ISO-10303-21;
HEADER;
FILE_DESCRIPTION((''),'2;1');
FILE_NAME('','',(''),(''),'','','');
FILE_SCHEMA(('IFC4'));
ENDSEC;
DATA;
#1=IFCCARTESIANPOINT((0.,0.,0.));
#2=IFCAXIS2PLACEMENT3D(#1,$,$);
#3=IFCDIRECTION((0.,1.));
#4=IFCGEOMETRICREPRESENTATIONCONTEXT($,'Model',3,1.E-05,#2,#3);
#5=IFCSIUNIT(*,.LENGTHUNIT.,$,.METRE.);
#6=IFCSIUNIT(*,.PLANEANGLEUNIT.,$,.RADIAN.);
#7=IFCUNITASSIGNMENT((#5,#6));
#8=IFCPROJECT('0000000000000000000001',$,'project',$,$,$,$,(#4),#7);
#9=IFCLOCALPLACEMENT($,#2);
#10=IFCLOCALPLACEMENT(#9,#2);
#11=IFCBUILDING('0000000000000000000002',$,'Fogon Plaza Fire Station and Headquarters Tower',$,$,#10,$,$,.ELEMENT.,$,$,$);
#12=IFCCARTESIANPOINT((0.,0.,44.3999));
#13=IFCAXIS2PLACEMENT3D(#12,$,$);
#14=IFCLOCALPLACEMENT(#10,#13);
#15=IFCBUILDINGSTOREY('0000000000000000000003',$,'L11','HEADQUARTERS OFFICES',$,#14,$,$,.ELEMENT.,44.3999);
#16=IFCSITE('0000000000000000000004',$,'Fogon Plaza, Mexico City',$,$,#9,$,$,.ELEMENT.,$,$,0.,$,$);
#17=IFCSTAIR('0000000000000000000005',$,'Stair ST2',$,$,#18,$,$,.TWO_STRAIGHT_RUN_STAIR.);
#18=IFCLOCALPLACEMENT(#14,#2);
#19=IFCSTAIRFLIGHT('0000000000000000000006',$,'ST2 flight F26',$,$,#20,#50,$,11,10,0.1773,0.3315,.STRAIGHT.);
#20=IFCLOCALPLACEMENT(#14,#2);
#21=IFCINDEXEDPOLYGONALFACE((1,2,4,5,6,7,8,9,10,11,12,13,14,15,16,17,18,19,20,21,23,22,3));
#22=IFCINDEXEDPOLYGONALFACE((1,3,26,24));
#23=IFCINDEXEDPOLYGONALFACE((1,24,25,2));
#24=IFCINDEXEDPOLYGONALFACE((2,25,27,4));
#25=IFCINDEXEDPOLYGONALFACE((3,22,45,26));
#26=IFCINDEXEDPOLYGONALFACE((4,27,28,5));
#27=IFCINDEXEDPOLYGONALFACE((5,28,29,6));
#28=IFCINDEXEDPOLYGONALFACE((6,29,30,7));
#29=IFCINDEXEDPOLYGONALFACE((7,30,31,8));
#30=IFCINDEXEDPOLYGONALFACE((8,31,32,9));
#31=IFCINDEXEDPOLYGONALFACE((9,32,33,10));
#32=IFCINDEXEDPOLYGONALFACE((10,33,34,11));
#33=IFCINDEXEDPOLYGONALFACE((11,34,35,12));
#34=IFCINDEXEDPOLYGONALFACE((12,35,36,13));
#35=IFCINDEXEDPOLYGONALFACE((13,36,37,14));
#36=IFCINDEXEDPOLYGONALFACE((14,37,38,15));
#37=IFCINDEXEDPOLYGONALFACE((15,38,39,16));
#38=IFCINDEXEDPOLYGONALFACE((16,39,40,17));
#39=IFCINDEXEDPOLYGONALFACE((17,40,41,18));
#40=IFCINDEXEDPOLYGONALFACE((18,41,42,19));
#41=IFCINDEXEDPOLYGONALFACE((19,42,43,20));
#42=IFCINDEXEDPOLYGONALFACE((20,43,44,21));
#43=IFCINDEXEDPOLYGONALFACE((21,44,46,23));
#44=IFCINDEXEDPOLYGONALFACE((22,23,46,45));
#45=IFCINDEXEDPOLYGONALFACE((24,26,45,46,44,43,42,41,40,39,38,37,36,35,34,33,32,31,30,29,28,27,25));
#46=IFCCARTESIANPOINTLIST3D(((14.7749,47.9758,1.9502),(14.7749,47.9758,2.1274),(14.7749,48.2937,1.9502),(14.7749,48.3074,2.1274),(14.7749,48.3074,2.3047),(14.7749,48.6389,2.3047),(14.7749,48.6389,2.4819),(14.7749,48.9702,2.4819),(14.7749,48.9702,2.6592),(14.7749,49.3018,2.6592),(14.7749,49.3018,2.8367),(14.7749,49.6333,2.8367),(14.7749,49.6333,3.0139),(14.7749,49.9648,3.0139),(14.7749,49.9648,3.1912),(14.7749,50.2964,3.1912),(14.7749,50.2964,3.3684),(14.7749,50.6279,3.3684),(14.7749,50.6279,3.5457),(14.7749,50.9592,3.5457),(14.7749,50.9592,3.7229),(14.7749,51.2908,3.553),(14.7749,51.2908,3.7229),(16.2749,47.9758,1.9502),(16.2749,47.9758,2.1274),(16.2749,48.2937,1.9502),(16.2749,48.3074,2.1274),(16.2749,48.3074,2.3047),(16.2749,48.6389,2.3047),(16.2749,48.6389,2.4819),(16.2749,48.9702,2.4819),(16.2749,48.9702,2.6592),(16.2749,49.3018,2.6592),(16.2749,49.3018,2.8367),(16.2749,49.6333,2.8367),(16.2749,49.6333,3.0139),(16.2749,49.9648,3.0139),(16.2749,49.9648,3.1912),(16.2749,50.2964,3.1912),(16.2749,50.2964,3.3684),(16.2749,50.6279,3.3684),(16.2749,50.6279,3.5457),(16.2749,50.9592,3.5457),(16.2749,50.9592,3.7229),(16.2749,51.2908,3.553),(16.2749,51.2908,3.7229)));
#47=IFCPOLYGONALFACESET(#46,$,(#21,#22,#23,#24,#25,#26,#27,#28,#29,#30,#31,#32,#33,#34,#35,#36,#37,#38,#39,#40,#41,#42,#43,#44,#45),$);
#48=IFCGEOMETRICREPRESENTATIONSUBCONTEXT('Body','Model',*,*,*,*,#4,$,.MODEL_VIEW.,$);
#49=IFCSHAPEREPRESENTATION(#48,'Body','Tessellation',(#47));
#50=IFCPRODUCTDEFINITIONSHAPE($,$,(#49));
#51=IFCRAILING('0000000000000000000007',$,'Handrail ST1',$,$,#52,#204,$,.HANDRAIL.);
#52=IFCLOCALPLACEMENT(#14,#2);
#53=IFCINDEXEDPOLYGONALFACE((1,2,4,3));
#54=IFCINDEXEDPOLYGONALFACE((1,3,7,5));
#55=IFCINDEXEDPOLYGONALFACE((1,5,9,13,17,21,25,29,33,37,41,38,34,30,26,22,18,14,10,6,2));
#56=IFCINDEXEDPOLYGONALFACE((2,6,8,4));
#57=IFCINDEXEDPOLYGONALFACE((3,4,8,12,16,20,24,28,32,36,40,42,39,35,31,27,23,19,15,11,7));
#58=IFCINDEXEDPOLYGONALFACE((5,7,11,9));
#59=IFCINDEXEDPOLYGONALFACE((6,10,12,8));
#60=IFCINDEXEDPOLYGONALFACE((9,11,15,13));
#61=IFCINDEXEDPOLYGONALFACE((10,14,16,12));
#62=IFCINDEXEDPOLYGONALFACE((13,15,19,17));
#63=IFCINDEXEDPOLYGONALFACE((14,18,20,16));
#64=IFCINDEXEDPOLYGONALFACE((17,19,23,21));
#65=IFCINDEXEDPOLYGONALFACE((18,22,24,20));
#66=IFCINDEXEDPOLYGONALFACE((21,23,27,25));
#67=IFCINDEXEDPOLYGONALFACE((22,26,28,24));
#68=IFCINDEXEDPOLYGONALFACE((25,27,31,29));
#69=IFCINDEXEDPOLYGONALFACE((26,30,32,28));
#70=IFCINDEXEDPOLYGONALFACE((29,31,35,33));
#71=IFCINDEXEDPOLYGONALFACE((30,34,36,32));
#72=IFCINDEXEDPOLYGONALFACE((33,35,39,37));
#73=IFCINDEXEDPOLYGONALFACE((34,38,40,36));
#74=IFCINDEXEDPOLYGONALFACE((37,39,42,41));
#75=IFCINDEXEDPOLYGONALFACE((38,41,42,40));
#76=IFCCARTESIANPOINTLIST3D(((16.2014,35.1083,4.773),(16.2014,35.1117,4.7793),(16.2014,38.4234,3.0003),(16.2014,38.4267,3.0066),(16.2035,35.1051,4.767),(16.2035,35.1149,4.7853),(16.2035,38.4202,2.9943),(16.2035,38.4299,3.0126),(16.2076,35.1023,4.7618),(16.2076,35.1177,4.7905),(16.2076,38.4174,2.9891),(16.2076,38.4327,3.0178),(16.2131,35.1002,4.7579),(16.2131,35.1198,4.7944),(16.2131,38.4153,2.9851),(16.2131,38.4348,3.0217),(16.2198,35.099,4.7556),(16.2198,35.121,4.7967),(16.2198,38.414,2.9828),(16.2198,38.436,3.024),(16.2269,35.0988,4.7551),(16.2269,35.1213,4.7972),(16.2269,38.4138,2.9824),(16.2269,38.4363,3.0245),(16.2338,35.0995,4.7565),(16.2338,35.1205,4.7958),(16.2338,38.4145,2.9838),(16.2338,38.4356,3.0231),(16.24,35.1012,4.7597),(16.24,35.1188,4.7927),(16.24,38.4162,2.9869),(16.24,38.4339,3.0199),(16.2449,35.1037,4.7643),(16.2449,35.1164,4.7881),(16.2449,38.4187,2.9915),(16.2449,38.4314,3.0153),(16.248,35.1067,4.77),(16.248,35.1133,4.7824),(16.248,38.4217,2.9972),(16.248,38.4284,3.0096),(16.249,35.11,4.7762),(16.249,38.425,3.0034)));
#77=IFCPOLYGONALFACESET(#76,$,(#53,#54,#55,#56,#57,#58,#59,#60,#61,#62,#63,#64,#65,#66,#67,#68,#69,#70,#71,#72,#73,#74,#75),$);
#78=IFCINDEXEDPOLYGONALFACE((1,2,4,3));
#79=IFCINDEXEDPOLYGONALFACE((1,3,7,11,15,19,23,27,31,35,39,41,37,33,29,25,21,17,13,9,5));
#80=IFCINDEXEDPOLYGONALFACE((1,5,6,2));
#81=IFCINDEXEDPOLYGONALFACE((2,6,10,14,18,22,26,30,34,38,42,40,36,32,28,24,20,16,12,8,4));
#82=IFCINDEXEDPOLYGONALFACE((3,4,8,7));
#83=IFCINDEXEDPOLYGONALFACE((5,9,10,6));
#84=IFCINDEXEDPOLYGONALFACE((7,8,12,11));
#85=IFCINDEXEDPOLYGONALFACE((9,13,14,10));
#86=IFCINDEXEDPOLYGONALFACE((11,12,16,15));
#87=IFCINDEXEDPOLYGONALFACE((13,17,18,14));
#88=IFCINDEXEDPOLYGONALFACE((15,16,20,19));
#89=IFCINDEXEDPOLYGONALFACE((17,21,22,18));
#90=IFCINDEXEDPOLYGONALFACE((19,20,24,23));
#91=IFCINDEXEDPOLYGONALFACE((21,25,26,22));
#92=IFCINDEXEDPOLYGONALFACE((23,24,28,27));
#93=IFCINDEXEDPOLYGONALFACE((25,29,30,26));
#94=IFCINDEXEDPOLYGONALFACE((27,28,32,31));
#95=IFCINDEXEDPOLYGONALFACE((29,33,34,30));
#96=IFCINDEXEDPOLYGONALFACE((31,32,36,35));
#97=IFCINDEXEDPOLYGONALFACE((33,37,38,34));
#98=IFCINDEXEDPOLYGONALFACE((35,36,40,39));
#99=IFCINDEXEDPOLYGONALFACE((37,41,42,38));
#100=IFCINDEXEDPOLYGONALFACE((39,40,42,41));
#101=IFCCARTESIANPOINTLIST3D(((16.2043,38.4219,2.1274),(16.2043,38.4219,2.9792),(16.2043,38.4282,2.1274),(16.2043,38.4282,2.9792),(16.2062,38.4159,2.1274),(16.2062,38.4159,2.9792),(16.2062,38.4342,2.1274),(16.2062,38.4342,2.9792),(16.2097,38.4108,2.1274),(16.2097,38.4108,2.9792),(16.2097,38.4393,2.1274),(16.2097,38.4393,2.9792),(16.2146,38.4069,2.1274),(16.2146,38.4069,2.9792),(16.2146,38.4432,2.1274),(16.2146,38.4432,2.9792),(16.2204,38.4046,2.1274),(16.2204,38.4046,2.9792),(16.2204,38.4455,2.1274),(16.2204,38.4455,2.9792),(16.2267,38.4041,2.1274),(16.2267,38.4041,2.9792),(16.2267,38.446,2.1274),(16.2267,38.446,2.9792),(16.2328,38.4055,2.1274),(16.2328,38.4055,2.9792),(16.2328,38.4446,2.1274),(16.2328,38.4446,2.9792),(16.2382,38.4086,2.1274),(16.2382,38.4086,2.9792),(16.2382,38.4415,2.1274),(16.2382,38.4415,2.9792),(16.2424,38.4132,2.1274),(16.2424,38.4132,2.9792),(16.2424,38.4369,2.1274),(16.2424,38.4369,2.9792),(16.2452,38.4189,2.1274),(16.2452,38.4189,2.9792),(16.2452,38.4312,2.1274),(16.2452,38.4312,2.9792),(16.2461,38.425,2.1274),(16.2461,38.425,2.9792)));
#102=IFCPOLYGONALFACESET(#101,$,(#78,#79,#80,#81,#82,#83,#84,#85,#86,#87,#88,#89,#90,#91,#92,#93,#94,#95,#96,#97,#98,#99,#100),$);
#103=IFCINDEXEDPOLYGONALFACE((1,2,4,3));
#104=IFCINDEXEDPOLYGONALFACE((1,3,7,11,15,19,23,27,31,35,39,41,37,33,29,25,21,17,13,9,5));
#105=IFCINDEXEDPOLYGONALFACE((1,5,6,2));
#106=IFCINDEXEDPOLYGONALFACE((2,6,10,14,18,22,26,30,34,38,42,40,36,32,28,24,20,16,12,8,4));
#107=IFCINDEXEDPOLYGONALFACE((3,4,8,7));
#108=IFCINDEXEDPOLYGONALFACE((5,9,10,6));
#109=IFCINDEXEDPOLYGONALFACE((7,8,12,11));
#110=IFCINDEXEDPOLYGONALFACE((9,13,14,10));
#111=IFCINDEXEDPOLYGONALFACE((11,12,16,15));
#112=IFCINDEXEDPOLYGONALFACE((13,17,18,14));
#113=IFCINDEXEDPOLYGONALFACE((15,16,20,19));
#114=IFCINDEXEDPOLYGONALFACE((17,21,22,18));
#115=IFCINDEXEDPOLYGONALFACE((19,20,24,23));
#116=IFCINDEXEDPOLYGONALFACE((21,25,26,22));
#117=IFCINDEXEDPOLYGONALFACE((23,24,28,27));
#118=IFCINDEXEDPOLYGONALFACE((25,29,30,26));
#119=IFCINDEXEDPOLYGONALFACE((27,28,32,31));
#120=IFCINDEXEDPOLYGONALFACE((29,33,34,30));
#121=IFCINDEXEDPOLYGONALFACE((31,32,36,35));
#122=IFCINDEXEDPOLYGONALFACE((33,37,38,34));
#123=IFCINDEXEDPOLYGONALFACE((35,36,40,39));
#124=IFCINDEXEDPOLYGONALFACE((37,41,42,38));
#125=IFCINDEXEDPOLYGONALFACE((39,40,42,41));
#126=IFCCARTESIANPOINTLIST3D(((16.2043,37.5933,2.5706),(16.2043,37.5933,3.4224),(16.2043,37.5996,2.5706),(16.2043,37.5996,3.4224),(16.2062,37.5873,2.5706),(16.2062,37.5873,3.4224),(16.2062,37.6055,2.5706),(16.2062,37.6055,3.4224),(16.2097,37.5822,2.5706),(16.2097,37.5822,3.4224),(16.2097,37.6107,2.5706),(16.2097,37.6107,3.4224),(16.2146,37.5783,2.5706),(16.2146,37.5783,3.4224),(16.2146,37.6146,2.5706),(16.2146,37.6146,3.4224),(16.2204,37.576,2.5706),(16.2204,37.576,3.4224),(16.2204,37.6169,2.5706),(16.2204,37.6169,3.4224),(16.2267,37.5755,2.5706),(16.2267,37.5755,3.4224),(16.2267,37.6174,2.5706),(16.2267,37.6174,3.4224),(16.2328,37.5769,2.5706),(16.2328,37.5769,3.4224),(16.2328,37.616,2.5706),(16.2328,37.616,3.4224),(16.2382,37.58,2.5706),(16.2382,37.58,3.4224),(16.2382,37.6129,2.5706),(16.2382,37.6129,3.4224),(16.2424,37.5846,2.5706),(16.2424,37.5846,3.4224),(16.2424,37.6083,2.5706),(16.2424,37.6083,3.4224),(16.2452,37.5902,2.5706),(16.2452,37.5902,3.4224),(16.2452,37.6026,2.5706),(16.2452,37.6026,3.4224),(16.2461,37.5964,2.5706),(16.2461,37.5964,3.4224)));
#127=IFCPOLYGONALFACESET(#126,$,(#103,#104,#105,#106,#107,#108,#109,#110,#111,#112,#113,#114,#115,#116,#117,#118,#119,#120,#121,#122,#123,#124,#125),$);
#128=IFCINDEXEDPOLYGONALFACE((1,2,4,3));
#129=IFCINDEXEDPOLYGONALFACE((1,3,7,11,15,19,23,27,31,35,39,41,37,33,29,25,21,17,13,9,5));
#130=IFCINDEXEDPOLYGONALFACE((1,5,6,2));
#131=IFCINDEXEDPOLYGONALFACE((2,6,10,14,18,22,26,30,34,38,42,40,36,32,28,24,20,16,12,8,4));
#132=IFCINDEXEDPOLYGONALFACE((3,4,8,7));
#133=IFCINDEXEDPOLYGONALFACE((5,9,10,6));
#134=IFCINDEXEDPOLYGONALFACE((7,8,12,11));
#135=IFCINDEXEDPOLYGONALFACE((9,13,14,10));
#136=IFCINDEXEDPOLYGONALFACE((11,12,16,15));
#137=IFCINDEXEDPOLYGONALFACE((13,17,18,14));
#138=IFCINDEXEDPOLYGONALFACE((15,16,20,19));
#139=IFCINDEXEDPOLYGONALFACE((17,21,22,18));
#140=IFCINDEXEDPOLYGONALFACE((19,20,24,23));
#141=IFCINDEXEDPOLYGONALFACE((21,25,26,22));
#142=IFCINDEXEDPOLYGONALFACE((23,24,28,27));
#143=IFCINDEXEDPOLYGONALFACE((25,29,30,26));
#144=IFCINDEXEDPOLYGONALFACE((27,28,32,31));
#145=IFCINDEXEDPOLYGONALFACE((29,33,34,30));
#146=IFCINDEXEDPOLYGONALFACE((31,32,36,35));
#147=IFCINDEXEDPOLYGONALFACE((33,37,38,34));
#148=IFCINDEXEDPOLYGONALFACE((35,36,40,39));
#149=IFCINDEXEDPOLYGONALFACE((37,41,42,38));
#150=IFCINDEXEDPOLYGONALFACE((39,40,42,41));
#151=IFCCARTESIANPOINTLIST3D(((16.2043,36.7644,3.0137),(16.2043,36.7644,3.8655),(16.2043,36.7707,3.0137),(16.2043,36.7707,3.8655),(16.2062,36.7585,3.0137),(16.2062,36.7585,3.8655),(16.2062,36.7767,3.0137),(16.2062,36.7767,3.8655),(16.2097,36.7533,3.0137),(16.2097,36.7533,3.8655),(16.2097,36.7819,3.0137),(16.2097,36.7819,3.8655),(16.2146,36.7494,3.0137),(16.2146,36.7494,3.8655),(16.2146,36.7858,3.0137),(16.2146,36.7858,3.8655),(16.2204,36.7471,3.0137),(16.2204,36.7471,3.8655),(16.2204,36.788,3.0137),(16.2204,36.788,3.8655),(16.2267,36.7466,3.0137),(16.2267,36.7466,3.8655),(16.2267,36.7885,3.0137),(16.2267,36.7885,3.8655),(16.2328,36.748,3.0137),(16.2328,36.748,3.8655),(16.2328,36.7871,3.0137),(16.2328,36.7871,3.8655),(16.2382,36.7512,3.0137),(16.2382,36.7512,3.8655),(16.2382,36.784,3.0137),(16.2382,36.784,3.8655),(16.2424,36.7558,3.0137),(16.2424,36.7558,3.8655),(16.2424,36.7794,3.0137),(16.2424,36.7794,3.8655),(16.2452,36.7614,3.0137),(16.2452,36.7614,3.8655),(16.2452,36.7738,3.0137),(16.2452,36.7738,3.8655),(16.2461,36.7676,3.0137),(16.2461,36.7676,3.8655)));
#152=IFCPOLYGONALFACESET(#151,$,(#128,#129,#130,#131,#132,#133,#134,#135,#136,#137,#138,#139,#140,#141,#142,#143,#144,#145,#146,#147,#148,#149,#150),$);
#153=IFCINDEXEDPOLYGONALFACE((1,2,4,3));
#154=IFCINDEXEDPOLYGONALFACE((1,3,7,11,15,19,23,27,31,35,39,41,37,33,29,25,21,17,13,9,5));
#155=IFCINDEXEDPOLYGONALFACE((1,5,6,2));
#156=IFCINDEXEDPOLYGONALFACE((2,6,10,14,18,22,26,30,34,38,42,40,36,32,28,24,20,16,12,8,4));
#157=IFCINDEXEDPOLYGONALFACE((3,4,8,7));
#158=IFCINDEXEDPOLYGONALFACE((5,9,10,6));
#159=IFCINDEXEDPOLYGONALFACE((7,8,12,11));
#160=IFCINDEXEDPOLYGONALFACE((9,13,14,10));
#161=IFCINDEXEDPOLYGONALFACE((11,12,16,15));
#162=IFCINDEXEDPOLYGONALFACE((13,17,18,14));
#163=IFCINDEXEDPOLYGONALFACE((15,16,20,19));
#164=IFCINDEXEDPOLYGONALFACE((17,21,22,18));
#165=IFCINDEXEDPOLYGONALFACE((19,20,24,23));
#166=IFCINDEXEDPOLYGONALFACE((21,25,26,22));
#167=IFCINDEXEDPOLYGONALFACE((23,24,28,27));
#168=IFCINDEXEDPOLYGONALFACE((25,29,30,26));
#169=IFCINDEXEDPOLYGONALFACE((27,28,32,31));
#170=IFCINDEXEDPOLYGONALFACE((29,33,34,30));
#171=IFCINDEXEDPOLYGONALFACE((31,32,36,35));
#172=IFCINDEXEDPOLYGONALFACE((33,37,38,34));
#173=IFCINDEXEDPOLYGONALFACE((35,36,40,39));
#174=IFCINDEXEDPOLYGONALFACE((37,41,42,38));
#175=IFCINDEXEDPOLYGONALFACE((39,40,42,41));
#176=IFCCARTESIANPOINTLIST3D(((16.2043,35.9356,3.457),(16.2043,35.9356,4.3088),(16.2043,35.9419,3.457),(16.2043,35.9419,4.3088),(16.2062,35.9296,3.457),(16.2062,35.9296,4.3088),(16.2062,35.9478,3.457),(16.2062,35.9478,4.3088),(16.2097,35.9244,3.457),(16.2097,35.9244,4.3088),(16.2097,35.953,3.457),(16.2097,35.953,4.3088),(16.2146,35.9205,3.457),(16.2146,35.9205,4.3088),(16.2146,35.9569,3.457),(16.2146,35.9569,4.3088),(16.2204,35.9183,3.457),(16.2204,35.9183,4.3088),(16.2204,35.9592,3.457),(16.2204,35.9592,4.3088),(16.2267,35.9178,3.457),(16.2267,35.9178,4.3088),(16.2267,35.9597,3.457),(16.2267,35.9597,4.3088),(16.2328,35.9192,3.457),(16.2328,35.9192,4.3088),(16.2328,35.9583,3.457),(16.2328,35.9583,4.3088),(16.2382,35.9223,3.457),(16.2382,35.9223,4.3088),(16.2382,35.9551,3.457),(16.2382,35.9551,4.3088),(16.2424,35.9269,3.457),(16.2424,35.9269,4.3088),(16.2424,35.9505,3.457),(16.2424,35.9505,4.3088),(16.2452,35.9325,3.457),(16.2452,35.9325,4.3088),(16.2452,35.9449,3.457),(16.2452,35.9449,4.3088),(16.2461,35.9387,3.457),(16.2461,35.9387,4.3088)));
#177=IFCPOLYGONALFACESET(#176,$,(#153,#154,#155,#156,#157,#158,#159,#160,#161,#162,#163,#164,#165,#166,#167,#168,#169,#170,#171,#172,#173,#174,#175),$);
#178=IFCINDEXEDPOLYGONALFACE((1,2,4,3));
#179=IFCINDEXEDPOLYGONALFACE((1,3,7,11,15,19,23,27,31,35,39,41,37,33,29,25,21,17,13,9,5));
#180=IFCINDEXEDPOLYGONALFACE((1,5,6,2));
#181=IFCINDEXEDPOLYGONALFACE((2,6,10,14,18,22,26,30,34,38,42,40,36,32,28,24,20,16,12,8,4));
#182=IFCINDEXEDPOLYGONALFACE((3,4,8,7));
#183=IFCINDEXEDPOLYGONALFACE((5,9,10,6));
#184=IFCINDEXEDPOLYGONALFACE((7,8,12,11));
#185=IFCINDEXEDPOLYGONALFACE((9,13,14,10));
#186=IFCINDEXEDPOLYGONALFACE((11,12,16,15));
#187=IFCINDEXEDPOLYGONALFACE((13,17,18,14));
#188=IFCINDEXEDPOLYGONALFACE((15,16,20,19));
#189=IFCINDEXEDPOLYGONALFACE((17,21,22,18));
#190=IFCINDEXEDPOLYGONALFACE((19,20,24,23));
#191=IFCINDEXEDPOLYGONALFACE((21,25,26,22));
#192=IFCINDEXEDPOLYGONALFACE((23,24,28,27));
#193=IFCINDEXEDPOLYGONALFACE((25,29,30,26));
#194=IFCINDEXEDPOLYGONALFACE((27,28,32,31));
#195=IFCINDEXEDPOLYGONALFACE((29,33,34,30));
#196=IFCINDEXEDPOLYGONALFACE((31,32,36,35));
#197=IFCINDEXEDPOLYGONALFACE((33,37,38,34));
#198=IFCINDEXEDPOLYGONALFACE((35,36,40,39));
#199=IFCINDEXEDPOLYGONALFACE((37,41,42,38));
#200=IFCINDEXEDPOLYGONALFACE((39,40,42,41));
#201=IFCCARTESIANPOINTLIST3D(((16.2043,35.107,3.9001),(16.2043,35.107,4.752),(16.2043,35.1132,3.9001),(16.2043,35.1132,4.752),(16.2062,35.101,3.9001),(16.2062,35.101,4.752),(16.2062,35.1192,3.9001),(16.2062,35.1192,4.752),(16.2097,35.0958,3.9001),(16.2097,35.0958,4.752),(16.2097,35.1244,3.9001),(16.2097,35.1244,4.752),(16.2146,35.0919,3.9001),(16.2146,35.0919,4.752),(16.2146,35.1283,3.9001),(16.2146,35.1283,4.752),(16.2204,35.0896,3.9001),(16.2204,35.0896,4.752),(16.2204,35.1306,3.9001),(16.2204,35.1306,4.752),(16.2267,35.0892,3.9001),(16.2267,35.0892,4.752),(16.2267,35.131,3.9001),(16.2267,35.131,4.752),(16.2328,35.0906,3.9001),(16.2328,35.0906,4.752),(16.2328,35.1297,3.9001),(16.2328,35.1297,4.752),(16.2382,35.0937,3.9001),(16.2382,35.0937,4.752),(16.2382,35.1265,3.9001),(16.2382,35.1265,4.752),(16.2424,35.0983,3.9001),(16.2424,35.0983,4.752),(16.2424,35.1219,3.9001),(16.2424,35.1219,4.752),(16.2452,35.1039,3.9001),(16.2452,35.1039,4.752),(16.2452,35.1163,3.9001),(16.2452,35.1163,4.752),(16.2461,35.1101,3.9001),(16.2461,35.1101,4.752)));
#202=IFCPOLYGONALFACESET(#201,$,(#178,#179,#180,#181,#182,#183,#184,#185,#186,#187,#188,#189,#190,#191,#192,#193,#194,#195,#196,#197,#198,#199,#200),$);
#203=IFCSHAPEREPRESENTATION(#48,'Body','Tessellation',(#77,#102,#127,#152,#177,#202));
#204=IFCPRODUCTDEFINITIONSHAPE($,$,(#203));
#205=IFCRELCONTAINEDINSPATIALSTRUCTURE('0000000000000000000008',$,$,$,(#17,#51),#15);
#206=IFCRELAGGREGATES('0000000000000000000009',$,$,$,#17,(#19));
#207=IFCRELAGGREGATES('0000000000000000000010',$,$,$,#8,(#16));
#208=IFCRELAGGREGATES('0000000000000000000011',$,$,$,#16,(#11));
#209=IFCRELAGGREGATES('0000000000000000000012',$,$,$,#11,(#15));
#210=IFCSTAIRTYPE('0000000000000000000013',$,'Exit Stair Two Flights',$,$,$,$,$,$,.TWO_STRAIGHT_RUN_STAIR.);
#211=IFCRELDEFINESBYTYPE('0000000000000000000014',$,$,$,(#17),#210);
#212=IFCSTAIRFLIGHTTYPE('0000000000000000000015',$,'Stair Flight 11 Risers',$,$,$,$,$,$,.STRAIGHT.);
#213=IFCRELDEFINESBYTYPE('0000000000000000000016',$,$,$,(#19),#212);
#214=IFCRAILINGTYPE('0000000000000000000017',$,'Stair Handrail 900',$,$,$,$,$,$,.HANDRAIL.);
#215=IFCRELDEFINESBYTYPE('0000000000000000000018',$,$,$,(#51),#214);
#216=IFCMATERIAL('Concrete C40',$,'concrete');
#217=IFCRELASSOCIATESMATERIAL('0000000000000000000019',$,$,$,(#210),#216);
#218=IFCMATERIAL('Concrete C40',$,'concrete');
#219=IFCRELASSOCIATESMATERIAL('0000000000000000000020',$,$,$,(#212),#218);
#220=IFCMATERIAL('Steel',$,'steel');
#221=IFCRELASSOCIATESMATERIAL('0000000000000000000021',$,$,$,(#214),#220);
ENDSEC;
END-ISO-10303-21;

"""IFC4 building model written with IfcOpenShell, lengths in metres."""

from ifc_helpers import new_model, si_unit, direction, frame, origin, origin_2d, place, context, subcontext, project, spatial, polyline, circle, outline, extrude, material, type_object, element, aggregate, save


model = new_model("IFC4")

# Units and contexts
model_context = context("Model", 3, precision=1e-05, world=origin(), true_north=direction((0.0, 1.0)))
body_context = subcontext(model_context, "Body", "Model", "MODEL_VIEW")
ifc_project = project(units=[si_unit("LENGTHUNIT", "METRE"), si_unit("PLANEANGLEUNIT", "RADIAN")], contexts=[model_context])

# Site, building, storey
site_placement = place(None, origin())
site = spatial("IfcSite", under=ifc_project, at=site_placement, Name="Fogon Plaza, Mexico City", CompositionType="ELEMENT", RefElevation=0.0)
building_placement = place(site_placement, origin())
building = spatial("IfcBuilding", under=site, at=building_placement, Name="Fogon Plaza Fire Station and Headquarters Tower", CompositionType="ELEMENT")
storey_placement = place(building_placement, frame((0.0, 0.0, 44.3999)))
storey = spatial("IfcBuildingStorey", under=building, at=storey_placement, Name="L11", Description="HEADQUARTERS OFFICES", CompositionType="ELEMENT", Elevation=44.3999)

# Stair, stair flight
ifc_material_1 = material(Name="Concrete C40", Category="concrete")
stair_type = type_object("IfcStairType", Name="Exit Stair Two Flights", PredefinedType="TWO_STRAIGHT_RUN_STAIR", material=ifc_material_1)
ifc_material_2 = material(Name="Concrete C40", Category="concrete")
stair_flight_type = type_object("IfcStairFlightType", Name="Stair Flight 11 Risers", PredefinedType="STRAIGHT", material=ifc_material_2)
stair_1_placement = place(storey_placement, origin())
stair_1 = element("IfcStair", 1, at=stair_1_placement, inside=storey, type_object=stair_type, Name="Stair ST2", PredefinedType="TWO_STRAIGHT_RUN_STAIR")
stair_flight_1_placement = place(storey_placement, frame((15.5249, 47.9758, 1.9502), z_axis=(0.0, 0.0, 1.0), x_axis=(0.0, 1.0, 0.0)))
stair_flight_1 = element("IfcStairFlight", 2, at=stair_flight_1_placement, type_object=stair_flight_type, Name="ST2 flight F26", NumberOfRisers=11, NumberOfTreads=10, PredefinedType="STRAIGHT", RiserHeight=0.1773, TreadLength=0.3315, context=body_context, shape_type="SweptSolid", body=[
    extrude(outline(polyline([(0.0, 0.0), (0.0, 0.1772), (0.3315, 0.1772), (0.3315, 0.3545), (0.6631, 0.3545), (0.6631, 0.5317), (0.9944, 0.5317), (0.9944, 0.709), (1.3259, 0.709), (1.3259, 0.8865), (1.6575, 0.8865), (1.6575, 1.0637), (1.989, 1.0637), (1.989, 1.241), (2.3206, 1.241), (2.3206, 1.4182), (2.6521, 1.4182), (2.6521, 1.5955), (2.9834, 1.5955), (2.9834, 1.7727), (3.3149, 1.7727), (3.3149, 1.95), (3.3149, 1.6028), (0.3179, 0.0), (0.0, 0.0)])), frame((0.0, 0.75, 0.0), z_axis=(0.0, -1.0, 0.0), x_axis=(1.0, 0.0, 0.0)), (0.0, 0.0, 1.0), 1.5),
])
aggregate(stair_1, [stair_flight_1])

# Railing
ifc_material_3 = material(Name="Steel", Category="steel")
railing_type = type_object("IfcRailingType", Name="Stair Handrail 900", PredefinedType="HANDRAIL", material=ifc_material_3)
for number, where, name in (
    (3, (16.2251, 38.425, 2.1274), "Handrail ST1"),
):
    element("IfcRailing", number, at=place(storey_placement, frame(where)), inside=storey, type_object=railing_type, Name=name, PredefinedType="HANDRAIL", context=body_context, shape_type="SweptSolid", body=[
        extrude(circle(Radius=0.0239, at=origin_2d()), frame((0.0, 0.0, 0.876), z_axis=(0.0, -0.881829, 0.471569), x_axis=(1.0, 0.0, 0.0)), (0.0, 0.0, 1.0), 3.7593),
        extrude(circle(Radius=0.021, at=origin_2d()), origin(), (0.0, 0.0, 1.0), 0.8518),
        extrude(circle(Radius=0.021, at=origin_2d()), frame((0.0, -0.8286, 0.4431)), (0.0, 0.0, 1.0), 0.8518),
        extrude(circle(Radius=0.021, at=origin_2d()), frame((0.0, -1.6575, 0.8862)), (0.0, 0.0, 1.0), 0.8518),
        extrude(circle(Radius=0.021, at=origin_2d()), frame((0.0, -2.4863, 1.3296)), (0.0, 0.0, 1.0), 0.8518),
        extrude(circle(Radius=0.021, at=origin_2d()), frame((0.0, -3.3149, 1.7727)), (0.0, 0.0, 1.0), 0.8518),
    ])

save(model, "model.ifc")
